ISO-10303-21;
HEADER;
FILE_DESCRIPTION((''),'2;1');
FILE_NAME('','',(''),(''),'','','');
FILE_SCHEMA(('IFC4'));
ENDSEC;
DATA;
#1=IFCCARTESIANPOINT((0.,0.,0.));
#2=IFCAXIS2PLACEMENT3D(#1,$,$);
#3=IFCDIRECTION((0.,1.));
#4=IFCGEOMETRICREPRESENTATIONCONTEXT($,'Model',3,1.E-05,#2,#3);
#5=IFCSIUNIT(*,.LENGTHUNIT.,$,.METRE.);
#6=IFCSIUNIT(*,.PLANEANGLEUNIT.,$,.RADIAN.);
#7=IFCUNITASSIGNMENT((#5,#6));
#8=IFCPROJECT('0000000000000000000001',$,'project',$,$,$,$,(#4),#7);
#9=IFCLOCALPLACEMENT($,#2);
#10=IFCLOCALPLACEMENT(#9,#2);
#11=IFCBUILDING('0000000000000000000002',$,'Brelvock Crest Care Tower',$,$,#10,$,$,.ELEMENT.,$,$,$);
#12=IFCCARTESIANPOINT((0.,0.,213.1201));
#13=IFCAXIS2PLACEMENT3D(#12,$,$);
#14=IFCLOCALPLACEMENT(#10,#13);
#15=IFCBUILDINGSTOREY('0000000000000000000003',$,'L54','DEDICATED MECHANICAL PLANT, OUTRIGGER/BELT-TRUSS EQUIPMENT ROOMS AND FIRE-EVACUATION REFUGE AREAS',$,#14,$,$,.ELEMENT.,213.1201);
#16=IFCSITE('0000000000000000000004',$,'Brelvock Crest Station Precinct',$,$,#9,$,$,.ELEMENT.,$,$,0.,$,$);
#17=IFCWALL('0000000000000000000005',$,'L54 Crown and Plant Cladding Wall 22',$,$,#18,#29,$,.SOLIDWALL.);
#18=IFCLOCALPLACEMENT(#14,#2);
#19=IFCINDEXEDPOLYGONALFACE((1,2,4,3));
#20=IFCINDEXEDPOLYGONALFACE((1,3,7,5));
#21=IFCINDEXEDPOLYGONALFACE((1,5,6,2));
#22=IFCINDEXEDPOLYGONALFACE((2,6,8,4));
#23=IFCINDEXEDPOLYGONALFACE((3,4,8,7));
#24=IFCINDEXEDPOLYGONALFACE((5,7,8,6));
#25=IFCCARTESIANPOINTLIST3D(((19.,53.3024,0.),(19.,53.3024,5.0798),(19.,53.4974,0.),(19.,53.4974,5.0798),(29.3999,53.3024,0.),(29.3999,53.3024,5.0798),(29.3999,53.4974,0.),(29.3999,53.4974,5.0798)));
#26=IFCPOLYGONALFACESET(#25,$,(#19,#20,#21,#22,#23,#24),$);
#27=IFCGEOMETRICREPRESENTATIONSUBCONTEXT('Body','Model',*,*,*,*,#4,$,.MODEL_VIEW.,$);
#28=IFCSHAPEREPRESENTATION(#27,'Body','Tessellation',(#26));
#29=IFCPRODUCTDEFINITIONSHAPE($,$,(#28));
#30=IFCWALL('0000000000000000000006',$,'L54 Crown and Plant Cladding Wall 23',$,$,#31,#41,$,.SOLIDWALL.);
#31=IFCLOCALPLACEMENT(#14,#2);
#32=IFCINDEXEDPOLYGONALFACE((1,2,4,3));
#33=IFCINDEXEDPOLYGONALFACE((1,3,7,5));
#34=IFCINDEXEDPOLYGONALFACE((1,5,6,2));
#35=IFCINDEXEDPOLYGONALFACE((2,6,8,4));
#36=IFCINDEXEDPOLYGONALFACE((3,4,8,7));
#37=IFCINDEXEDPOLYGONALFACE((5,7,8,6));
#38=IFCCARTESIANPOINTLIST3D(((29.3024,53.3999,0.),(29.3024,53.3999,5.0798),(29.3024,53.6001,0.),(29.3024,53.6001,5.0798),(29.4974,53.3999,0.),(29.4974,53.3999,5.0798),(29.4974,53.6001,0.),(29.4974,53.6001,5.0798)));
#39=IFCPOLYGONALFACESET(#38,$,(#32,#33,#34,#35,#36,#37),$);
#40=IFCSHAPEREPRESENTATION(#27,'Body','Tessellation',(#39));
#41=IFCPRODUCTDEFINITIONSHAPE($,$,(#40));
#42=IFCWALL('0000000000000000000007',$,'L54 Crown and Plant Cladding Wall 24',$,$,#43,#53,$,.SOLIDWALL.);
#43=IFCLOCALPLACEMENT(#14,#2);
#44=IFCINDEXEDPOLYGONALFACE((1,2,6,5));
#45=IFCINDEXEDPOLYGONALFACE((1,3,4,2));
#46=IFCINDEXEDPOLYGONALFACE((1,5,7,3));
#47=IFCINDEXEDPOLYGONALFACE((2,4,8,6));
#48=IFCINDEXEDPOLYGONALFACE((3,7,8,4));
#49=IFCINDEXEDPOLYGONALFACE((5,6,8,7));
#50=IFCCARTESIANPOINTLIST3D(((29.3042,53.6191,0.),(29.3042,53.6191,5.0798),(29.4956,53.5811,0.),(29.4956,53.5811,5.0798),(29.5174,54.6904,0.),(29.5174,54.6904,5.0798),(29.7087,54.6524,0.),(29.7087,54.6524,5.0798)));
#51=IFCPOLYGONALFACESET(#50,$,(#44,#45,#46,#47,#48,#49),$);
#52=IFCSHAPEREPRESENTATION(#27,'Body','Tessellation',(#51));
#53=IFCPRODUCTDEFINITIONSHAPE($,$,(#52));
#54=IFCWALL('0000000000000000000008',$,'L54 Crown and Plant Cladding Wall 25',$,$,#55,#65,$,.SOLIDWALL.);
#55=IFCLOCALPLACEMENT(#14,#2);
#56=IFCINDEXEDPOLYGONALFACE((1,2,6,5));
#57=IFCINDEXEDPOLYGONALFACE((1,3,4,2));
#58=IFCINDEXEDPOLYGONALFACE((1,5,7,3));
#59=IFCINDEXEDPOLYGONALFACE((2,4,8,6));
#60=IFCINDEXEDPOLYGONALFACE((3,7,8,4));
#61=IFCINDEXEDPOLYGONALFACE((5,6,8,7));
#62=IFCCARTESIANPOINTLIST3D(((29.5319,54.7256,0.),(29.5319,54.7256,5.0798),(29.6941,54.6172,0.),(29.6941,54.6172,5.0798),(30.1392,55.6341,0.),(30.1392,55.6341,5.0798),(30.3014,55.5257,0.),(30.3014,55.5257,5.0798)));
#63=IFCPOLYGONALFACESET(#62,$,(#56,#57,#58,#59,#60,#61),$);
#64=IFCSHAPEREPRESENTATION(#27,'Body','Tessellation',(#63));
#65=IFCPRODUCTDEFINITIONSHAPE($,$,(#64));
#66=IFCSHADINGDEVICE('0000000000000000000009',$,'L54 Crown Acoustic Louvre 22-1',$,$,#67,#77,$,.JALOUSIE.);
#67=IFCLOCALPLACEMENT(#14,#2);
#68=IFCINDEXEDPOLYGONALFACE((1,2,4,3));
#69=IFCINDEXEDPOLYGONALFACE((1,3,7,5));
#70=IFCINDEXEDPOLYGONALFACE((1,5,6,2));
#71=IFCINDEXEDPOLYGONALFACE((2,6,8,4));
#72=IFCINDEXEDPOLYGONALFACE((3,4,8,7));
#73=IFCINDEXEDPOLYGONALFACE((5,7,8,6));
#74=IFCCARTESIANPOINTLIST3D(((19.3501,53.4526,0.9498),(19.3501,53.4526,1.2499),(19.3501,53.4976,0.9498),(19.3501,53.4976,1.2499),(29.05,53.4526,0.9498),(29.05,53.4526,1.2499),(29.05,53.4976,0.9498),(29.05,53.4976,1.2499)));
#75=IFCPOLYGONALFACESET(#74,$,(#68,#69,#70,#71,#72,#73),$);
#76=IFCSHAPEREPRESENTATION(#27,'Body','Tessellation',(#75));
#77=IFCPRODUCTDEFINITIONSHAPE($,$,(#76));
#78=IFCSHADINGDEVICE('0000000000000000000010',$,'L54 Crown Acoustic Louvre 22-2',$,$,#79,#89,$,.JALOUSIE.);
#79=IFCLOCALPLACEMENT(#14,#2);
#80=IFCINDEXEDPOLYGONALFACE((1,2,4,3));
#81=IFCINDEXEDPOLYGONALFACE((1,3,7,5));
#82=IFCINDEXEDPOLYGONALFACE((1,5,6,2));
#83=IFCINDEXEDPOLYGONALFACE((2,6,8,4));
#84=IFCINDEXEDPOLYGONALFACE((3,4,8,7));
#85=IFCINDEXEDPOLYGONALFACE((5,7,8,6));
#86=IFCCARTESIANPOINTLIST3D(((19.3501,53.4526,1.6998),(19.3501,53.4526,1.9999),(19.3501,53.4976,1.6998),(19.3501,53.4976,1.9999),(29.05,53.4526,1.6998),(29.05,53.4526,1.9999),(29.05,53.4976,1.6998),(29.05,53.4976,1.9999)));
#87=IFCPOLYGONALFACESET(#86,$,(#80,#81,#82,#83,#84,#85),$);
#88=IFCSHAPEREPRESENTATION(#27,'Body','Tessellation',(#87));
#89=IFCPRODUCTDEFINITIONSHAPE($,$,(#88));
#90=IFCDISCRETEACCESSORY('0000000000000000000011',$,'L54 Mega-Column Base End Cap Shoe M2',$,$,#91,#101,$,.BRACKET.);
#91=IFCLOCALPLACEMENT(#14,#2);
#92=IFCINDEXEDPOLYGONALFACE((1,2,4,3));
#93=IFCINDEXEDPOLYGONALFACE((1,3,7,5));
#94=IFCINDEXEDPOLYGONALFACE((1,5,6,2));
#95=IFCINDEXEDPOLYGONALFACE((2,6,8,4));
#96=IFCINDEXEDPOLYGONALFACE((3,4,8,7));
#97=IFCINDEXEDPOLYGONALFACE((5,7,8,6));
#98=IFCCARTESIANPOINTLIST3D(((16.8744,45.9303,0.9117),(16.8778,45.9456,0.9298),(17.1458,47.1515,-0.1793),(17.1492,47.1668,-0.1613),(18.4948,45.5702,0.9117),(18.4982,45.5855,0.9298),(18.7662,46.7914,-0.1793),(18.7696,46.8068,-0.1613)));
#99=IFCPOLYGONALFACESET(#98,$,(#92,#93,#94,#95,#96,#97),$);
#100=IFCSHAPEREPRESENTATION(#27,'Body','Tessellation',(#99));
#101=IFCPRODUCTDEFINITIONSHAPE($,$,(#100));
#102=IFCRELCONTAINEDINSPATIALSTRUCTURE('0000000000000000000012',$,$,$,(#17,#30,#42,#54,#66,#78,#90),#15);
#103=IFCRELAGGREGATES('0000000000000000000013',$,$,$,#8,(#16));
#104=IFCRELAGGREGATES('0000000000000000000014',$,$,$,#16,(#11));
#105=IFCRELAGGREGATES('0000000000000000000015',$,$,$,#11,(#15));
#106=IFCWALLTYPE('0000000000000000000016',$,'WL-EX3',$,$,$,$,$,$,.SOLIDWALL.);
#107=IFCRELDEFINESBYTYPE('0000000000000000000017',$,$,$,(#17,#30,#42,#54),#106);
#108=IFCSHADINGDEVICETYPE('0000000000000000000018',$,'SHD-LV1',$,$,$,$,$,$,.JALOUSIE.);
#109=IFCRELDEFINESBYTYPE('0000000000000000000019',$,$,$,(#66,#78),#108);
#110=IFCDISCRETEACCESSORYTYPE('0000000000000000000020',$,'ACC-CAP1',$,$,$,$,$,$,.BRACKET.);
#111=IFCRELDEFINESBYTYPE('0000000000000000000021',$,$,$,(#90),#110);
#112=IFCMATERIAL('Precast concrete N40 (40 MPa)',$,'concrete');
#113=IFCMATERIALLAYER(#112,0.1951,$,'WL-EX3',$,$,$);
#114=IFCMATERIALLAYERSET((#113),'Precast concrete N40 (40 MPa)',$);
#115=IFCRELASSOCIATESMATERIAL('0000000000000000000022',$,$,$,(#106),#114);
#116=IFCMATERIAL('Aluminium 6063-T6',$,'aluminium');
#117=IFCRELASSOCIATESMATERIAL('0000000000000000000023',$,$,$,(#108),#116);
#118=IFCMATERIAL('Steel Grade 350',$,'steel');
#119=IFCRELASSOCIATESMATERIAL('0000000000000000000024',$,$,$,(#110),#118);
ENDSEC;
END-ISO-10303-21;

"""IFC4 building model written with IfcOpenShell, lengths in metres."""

from ifc_helpers import new_model, si_unit, direction, frame, frame_2d, origin, origin_2d, place, context, subcontext, project, spatial, rectangle, extrude, source, transform, mapped, material, layer, layer_set, material_profile, profile_set, type_object, element, save


model = new_model("IFC4")

# Units and contexts
model_context = context("Model", 3, precision=1e-05, world=origin(), true_north=direction((0.0, 1.0)))
body_context = subcontext(model_context, "Body", "Model", "MODEL_VIEW")
ifc_project = project(units=[si_unit("LENGTHUNIT", "METRE"), si_unit("PLANEANGLEUNIT", "RADIAN")], contexts=[model_context])

# Site, building, storey
site_placement = place(None, origin())
site = spatial("IfcSite", under=ifc_project, at=site_placement, Name="Brelvock Crest Station Precinct", CompositionType="ELEMENT", RefElevation=0.0)
building_placement = place(site_placement, origin())
building = spatial("IfcBuilding", under=site, at=building_placement, Name="Brelvock Crest Care Tower", CompositionType="ELEMENT")
storey_placement = place(building_placement, frame((0.0, 0.0, 213.1201)))
storey = spatial("IfcBuildingStorey", under=building, at=storey_placement, Name="L54", Description="DEDICATED MECHANICAL PLANT, OUTRIGGER/BELT-TRUSS EQUIPMENT ROOMS AND FIRE-EVACUATION REFUGE AREAS", CompositionType="ELEMENT", Elevation=213.1201)

# Shared definitions
ifc_material_1 = material(Name="Steel Grade 350", Category="steel")

# Walls
ifc_material_2 = material(Name="Precast concrete N40 (40 MPa)", Category="concrete")
ifc_layer = layer(ifc_material_2, 0.1951, Name="WL-EX3")
ifc_layer_set = layer_set([ifc_layer], Name="Precast concrete N40 (40 MPa)")
wall_type = type_object("IfcWallType", Name="WL-EX3", PredefinedType="SOLIDWALL", material=ifc_layer_set)
wall_1_placement = place(storey_placement, frame((19.0, 53.3999, 0.0), z_axis=(0.0, 0.0, 1.0), x_axis=(1.0, 0.0, 0.0)))
element("IfcWall", 1, at=wall_1_placement, inside=storey, type_object=wall_type, Name="L54 Crown and Plant Cladding Wall 22", PredefinedType="SOLIDWALL", context=body_context, shape_type="SweptSolid", body=[
    extrude(rectangle(XDim=10.3999, YDim=0.1951, at=frame_2d((5.2, 0.0))), origin(), (0.0, 0.0, 1.0), 5.0798),
])
wall_2_placement = place(storey_placement, frame((29.3999, 53.3999, 0.0), z_axis=(0.0, 0.0, 1.0), x_axis=(0.0, 1.0, 0.0)))
element("IfcWall", 2, at=wall_2_placement, inside=storey, type_object=wall_type, Name="L54 Crown and Plant Cladding Wall 23", PredefinedType="SOLIDWALL", context=body_context, shape_type="SweptSolid", body=[
    extrude(rectangle(XDim=0.2002, YDim=0.1951, at=frame_2d((0.1001, 0.0))), origin(), (0.0, 0.0, 1.0), 5.0798),
])
wall_3_placement = place(storey_placement, frame((29.3999, 53.6001, 0.0), z_axis=(0.0, 0.0, 1.0), x_axis=(0.195127, 0.980778, 0.0)))
element("IfcWall", 3, at=wall_3_placement, inside=storey, type_object=wall_type, Name="L54 Crown and Plant Cladding Wall 24", PredefinedType="SOLIDWALL", context=body_context, shape_type="SweptSolid", body=[
    extrude(rectangle(XDim=1.0923, YDim=0.1951, at=frame_2d((0.5461, 0.0))), origin(), (0.0, 0.0, 1.0), 5.0798),
])
wall_4_placement = place(storey_placement, frame((29.613, 54.6714, 0.0), z_axis=(0.0, 0.0, 1.0), x_axis=(0.555679, 0.831397, 0.0)))
element("IfcWall", 4, at=wall_4_placement, inside=storey, type_object=wall_type, Name="L54 Crown and Plant Cladding Wall 25", PredefinedType="SOLIDWALL", context=body_context, shape_type="SweptSolid", body=[
    extrude(rectangle(XDim=1.0928, YDim=0.1951, at=frame_2d((0.5464, 0.0))), origin(), (0.0, 0.0, 1.0), 5.0798),
])

# Shading devices
ifc_material_3 = material(Name="Aluminium 6063-T6", Category="aluminium")
ifc_material_profile_1 = material_profile(ifc_material_3, rectangle(XDim=0.0449, YDim=0.3, at=origin_2d()), Name="LOUVRE45x300")
ifc_profile_set_1 = profile_set([ifc_material_profile_1], Name="Aluminium 6063-T6")
shading_device_type = type_object("IfcShadingDeviceType", Name="SHD-LV1", PredefinedType="JALOUSIE", material=ifc_profile_set_1)
shared_shape_1 = source(origin(), body_context, "Body", "SweptSolid", [
    extrude(rectangle(XDim=0.0449, YDim=0.3, at=origin_2d()), origin(), (0.0, 0.0, 1.0), 9.7),
])
for number, where, z_axis, x_axis, name in (
    (5, (19.3501, 53.4751, 1.0999), (1.0, 0.0, 0.0), (0.0, 1.0, 0.0), "L54 Crown Acoustic Louvre 22-1"),
    (6, (19.3501, 53.4751, 1.8499), (1.0, 0.0, 0.0), (0.0, 1.0, 0.0), "L54 Crown Acoustic Louvre 22-2"),
):
    element("IfcShadingDevice", number, at=place(storey_placement, frame(where, z_axis=z_axis, x_axis=x_axis)), inside=storey, type_object=shading_device_type, Name=name, PredefinedType="JALOUSIE", context=body_context, shape_type="MappedRepresentation", body=[
        mapped(shared_shape_1, transform((0.0, 0.0, 0.0), x_axis=(1.0, 0.0, 0.0), y_axis=(0.0, 1.0, 0.0), z_axis=(0.0, 0.0, 1.0), scale=1.0)),
    ])

# Discrete accessory
ifc_material_profile_2 = material_profile(ifc_material_1, rectangle(XDim=1.6599, YDim=1.6599, at=origin_2d()), Name="ACC-CAP1")
ifc_profile_set_2 = profile_set([ifc_material_profile_2], Name="Steel Grade 350")
discrete_accessory_type = type_object("IfcDiscreteAccessoryType", Name="ACC-CAP1", PredefinedType="BRACKET", material=ifc_profile_set_2)
shared_shape_2 = source(origin(), body_context, "Body", "SweptSolid", [
    extrude(rectangle(XDim=1.6599, YDim=1.6599, at=origin_2d()), origin(), (0.0, 0.0, 1.0), 0.0239),
])
discrete_accessory_placement = place(storey_placement, frame((17.8203, 46.3608, 0.3662), z_axis=(0.142583, 0.641622, 0.753652), x_axis=(-0.976187, 0.21693, 0.0)))
element("IfcDiscreteAccessory", 7, at=discrete_accessory_placement, inside=storey, type_object=discrete_accessory_type, Name="L54 Mega-Column Base End Cap Shoe M2", PredefinedType="BRACKET", context=body_context, shape_type="MappedRepresentation", body=[
    mapped(shared_shape_2, transform((0.0, 0.0, 0.0), x_axis=(1.0, 0.0, 0.0), y_axis=(0.0, 1.0, 0.0), z_axis=(0.0, 0.0, 1.0), scale=1.0)),
])

save(model, "model.ifc")
